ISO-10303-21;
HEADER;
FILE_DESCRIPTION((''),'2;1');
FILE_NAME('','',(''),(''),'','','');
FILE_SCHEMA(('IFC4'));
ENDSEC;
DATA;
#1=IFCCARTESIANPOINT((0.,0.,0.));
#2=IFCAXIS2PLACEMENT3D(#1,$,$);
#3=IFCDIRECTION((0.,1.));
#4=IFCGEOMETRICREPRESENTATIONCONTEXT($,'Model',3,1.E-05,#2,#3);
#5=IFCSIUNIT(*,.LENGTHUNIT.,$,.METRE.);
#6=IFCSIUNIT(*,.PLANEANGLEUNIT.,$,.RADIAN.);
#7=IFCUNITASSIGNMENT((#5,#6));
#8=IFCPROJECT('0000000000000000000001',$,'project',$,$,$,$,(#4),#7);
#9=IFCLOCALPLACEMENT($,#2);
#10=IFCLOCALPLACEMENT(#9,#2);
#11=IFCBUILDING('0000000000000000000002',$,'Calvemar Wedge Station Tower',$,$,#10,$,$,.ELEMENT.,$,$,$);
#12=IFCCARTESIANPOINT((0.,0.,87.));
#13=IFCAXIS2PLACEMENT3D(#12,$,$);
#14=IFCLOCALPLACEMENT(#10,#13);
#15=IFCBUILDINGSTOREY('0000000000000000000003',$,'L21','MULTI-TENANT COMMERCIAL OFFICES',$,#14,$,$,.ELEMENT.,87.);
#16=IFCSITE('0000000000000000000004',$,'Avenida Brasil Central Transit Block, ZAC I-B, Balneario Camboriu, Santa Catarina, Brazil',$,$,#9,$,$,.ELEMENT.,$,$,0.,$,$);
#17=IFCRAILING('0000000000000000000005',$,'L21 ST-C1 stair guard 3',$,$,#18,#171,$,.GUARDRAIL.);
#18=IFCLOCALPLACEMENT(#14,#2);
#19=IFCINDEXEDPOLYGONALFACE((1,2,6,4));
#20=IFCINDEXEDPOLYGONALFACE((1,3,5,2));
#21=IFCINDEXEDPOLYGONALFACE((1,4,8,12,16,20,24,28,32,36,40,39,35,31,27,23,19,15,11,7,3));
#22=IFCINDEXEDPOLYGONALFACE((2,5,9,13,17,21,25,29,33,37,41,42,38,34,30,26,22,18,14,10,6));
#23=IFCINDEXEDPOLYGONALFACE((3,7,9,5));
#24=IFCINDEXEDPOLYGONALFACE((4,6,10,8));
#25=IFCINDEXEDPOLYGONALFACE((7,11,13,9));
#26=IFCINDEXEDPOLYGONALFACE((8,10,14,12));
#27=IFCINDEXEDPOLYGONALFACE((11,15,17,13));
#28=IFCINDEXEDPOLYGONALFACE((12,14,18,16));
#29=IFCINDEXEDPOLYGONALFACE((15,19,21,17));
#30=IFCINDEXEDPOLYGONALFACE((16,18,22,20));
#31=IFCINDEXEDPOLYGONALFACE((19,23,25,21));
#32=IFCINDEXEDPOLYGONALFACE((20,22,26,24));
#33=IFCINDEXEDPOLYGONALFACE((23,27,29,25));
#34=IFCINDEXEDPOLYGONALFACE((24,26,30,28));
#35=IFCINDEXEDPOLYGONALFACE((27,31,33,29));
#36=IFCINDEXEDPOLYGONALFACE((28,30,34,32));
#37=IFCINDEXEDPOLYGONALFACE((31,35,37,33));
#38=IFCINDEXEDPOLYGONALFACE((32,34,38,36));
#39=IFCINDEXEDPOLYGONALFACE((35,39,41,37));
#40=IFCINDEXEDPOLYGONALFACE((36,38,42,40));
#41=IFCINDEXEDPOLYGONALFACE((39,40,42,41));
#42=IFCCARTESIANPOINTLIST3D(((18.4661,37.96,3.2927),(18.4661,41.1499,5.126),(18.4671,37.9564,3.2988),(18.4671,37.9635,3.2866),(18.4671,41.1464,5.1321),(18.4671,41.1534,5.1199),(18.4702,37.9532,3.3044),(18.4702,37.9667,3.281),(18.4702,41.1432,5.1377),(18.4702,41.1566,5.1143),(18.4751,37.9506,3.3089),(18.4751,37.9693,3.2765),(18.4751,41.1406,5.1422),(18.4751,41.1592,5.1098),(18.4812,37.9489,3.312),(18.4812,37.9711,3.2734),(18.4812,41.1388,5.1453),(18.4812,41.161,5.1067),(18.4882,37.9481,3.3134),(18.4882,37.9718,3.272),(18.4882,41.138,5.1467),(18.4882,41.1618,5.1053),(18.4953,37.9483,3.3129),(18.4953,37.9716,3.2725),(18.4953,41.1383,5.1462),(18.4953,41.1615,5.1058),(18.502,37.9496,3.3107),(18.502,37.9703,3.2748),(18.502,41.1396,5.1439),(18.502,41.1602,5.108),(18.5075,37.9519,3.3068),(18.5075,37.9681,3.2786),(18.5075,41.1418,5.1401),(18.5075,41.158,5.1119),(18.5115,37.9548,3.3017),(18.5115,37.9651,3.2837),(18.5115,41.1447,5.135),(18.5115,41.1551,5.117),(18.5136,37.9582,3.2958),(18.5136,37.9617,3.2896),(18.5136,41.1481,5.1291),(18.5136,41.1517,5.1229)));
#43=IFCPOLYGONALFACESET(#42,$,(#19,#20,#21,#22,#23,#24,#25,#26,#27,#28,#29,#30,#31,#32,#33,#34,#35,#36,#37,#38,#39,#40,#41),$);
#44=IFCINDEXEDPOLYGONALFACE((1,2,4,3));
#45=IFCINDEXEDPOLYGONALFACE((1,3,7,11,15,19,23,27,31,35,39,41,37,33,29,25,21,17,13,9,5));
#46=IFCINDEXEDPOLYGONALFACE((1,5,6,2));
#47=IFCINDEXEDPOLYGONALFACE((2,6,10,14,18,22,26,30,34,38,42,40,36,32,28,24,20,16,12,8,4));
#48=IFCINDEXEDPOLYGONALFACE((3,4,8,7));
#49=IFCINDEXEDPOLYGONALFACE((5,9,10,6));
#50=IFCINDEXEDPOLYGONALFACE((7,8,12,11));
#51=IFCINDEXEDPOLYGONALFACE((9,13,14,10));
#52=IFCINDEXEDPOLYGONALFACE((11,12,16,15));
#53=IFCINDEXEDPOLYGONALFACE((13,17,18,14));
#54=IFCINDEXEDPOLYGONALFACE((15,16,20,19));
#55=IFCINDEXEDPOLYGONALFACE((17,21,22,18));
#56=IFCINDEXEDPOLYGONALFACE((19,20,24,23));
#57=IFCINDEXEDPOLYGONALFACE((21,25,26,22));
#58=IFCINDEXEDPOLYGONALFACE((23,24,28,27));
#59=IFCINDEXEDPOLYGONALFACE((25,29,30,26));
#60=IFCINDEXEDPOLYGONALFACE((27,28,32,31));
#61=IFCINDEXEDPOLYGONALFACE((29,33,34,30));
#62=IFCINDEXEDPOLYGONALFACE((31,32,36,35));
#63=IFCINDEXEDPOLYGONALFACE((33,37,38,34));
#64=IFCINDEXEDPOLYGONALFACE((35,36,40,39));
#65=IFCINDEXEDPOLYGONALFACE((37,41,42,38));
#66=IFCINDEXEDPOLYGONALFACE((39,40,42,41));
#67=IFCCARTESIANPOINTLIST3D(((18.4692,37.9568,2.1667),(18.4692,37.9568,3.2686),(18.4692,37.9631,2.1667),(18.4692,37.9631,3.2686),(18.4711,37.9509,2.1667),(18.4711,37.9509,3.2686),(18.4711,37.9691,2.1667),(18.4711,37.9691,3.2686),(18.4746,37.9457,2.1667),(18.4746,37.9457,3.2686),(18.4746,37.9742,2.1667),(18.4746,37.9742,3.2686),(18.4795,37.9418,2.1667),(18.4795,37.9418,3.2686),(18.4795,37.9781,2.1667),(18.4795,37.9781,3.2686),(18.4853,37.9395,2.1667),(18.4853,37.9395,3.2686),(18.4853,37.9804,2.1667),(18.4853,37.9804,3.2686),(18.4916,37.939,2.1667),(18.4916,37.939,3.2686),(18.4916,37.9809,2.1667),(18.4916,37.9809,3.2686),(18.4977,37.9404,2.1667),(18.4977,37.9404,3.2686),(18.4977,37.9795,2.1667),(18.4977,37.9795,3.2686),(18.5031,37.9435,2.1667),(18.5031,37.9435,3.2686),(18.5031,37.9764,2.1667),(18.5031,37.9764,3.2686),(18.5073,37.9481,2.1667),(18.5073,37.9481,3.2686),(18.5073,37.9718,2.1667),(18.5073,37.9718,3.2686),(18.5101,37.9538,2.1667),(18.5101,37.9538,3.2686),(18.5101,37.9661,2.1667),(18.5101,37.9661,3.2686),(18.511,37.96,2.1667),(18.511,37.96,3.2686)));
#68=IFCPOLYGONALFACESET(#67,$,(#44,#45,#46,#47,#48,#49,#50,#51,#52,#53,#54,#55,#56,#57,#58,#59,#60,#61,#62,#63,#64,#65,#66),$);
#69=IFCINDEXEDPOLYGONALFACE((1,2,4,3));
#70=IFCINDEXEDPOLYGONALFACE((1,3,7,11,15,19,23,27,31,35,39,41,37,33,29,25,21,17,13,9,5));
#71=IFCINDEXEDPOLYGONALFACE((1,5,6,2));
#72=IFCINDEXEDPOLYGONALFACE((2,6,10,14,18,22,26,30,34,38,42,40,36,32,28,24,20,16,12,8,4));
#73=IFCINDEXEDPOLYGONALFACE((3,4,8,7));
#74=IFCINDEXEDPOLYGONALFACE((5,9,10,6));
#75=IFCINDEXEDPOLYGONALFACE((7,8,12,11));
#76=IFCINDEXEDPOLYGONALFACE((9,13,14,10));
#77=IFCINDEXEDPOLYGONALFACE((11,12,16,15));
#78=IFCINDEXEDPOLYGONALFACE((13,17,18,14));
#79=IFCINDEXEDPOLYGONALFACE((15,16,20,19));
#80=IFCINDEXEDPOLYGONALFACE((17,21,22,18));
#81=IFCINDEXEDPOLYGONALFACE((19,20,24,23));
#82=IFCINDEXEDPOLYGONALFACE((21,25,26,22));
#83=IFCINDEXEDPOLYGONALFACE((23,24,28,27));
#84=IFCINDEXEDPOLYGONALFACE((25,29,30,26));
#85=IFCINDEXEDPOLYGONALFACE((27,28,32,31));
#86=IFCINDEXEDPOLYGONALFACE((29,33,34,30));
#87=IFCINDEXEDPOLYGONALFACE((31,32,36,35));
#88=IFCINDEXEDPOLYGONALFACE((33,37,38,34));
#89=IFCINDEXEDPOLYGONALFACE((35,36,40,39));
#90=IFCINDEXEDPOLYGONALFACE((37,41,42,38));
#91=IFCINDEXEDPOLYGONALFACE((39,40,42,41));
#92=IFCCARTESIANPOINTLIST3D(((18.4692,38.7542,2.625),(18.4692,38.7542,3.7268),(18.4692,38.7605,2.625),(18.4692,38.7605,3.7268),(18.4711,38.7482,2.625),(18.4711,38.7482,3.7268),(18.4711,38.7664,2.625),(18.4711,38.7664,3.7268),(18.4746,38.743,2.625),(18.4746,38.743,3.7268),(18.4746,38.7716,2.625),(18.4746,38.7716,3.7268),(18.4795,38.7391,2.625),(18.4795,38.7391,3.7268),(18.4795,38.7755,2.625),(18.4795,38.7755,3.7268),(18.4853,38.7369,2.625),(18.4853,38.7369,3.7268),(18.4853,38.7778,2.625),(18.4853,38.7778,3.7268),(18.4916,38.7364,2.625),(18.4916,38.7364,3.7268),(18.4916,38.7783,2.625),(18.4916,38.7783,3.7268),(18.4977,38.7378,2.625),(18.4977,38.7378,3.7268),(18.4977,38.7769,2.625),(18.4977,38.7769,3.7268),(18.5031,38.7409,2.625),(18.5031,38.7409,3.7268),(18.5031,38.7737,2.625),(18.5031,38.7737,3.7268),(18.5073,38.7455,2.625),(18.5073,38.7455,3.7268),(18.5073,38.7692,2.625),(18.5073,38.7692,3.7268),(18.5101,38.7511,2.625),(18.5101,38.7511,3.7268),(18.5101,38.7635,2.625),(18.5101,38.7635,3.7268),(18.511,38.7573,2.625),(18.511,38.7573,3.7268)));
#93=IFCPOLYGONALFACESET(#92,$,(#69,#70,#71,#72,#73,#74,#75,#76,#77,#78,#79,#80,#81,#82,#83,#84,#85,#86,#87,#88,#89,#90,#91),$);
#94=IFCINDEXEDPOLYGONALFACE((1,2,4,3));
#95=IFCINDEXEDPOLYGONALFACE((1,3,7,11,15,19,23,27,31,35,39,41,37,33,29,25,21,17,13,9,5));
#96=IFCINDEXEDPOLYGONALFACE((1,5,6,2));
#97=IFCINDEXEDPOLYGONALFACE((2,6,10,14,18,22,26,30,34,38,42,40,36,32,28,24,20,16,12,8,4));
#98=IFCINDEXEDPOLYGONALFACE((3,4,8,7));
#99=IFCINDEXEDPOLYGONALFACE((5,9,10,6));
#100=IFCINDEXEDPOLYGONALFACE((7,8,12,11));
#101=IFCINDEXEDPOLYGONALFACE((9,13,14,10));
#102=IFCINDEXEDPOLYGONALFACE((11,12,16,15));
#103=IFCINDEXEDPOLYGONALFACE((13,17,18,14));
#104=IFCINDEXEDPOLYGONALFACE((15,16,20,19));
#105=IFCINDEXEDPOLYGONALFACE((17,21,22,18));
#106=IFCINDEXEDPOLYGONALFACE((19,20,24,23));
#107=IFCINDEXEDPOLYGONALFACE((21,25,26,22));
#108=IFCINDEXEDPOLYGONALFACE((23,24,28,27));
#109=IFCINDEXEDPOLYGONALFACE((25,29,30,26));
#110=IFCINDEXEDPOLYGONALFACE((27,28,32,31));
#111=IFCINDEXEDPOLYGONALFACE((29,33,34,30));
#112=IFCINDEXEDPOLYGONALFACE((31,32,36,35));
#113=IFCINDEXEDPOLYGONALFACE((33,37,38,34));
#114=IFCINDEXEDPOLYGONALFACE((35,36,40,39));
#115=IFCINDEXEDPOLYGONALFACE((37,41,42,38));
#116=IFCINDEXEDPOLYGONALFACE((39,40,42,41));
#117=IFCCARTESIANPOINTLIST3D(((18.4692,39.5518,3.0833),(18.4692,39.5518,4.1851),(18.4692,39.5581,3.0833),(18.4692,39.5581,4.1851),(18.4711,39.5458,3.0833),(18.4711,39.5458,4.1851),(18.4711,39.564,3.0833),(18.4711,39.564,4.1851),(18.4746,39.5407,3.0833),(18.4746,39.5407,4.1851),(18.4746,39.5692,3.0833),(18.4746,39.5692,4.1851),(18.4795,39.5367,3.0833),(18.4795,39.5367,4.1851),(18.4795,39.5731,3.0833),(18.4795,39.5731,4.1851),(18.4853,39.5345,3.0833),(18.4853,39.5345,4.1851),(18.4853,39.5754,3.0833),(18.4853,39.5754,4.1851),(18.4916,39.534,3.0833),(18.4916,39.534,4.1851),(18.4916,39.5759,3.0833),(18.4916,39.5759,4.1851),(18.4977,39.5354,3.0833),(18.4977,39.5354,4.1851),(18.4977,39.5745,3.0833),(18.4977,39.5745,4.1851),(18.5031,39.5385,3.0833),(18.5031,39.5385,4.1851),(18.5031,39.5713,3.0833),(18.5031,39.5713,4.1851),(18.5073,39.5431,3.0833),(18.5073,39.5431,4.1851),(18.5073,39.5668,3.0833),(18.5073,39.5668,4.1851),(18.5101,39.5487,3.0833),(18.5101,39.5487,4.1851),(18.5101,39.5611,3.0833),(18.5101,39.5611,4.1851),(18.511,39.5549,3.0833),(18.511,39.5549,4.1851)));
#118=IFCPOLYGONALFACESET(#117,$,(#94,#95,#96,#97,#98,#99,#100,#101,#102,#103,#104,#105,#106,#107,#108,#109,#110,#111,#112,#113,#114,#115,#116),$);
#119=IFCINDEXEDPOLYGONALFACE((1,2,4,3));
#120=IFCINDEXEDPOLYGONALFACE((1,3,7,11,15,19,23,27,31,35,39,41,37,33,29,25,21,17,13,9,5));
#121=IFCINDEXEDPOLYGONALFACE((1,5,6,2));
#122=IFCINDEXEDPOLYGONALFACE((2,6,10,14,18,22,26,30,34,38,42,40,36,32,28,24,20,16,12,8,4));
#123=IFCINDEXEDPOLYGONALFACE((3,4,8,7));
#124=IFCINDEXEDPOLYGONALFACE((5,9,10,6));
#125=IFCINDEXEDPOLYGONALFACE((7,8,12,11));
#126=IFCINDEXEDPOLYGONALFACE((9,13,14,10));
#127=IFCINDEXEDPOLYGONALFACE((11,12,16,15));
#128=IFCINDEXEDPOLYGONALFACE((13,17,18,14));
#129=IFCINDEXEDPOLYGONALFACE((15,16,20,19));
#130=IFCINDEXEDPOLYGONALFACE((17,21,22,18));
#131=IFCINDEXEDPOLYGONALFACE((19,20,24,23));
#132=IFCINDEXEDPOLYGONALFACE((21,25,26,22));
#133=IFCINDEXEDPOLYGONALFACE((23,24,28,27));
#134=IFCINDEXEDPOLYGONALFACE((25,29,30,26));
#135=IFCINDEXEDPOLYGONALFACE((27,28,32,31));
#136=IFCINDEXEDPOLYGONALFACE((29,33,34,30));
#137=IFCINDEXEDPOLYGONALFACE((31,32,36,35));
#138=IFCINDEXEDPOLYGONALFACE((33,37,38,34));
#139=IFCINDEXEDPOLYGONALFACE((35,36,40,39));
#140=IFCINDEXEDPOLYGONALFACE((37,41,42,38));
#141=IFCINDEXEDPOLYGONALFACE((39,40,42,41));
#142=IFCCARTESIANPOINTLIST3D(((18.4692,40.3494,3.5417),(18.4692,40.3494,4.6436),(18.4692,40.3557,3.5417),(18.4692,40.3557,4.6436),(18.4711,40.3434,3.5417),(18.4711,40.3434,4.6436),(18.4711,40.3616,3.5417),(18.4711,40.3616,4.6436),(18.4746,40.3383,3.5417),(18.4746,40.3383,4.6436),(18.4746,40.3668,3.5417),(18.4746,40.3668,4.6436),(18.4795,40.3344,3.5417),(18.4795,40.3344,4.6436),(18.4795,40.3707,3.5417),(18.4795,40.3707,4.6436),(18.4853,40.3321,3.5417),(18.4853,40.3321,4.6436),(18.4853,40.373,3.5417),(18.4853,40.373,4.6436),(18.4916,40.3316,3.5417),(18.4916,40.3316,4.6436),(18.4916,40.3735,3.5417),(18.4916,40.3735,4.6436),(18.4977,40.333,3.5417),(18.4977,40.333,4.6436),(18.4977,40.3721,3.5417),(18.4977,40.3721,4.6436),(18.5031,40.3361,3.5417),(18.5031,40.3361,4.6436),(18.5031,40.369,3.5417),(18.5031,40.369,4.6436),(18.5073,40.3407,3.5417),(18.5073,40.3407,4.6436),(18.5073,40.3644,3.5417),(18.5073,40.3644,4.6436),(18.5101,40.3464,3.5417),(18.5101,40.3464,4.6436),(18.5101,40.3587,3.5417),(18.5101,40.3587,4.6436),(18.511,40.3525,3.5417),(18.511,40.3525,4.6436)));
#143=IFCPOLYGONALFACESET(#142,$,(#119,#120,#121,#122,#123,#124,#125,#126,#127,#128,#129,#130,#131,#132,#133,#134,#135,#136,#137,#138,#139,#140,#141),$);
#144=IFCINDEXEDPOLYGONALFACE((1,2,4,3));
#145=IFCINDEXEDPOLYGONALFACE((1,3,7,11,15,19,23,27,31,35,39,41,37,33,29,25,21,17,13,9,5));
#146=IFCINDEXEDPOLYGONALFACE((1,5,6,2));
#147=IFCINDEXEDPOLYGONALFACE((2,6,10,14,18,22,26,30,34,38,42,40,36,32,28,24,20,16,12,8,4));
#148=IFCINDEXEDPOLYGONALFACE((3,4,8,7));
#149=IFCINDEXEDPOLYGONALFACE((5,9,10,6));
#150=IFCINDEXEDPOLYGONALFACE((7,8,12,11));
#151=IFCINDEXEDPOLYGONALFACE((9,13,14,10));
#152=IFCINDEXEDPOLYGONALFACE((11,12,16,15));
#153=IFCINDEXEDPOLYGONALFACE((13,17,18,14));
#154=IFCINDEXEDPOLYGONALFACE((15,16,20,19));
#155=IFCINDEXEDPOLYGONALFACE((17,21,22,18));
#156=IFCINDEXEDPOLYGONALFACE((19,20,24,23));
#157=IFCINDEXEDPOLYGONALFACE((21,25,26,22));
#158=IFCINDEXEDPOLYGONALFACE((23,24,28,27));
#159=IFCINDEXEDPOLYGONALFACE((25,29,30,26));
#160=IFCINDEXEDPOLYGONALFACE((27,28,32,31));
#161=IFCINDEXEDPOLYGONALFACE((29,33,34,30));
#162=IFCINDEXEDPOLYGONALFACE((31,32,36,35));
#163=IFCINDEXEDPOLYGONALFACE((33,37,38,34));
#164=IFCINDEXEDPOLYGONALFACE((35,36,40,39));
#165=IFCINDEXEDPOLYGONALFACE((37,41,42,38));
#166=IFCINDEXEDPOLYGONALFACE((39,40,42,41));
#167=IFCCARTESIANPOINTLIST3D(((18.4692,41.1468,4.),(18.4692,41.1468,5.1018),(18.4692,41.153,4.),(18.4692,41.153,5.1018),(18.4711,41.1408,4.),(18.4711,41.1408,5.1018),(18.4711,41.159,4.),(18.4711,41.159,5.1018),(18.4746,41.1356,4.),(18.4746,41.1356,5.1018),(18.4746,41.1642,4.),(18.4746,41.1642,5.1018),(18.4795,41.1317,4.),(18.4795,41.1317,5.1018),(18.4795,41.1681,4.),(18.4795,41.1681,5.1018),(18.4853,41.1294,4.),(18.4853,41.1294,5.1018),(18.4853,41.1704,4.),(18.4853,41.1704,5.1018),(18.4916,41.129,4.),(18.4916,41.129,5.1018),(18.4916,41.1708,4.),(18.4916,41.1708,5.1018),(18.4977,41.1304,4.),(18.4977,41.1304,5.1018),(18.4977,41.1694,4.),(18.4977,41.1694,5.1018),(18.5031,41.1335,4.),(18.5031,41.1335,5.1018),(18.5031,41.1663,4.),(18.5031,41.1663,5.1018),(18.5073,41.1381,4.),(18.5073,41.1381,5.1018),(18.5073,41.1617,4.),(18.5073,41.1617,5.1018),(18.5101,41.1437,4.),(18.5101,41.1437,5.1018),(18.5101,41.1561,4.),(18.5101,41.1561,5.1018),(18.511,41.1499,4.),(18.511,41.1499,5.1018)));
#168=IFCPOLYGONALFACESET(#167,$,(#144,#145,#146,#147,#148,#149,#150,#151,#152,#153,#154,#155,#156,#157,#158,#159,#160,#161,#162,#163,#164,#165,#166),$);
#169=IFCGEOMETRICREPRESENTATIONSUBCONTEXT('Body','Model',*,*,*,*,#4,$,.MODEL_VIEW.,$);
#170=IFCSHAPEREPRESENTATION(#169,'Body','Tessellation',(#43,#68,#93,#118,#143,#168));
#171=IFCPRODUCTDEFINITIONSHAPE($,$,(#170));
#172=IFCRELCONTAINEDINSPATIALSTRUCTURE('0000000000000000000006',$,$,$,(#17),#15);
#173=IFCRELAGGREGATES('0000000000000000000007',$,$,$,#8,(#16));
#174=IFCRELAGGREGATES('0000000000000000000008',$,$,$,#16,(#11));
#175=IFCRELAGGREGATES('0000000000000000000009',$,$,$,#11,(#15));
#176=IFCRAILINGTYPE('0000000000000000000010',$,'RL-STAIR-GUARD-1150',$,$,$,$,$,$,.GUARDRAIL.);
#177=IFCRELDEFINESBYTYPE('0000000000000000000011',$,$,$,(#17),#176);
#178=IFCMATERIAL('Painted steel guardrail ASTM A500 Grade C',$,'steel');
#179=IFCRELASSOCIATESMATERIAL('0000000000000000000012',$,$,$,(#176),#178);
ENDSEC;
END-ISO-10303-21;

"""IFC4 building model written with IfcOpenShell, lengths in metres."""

from ifc_helpers import new_model, si_unit, direction, frame, origin, origin_2d, place, context, subcontext, project, spatial, circle, extrude, material, type_object, element, save


model = new_model("IFC4")

# Units and contexts
model_context = context("Model", 3, precision=1e-05, world=origin(), true_north=direction((0.0, 1.0)))
body_context = subcontext(model_context, "Body", "Model", "MODEL_VIEW")
ifc_project = project(units=[si_unit("LENGTHUNIT", "METRE"), si_unit("PLANEANGLEUNIT", "RADIAN")], contexts=[model_context])

# Site, building, storey
site_placement = place(None, origin())
site = spatial("IfcSite", under=ifc_project, at=site_placement, Name="Avenida Brasil Central Transit Block, ZAC I-B, Balneario Camboriu, Santa Catarina, Brazil", CompositionType="ELEMENT", RefElevation=0.0)
building_placement = place(site_placement, origin())
building = spatial("IfcBuilding", under=site, at=building_placement, Name="Calvemar Wedge Station Tower", CompositionType="ELEMENT")
storey_placement = place(building_placement, frame((0.0, 0.0, 87.0)))
storey = spatial("IfcBuildingStorey", under=building, at=storey_placement, Name="L21", Description="MULTI-TENANT COMMERCIAL OFFICES", CompositionType="ELEMENT", Elevation=87.0)

# Railing
ifc_material_1 = material(Name="Painted steel guardrail ASTM A500 Grade C", Category="steel")
railing_type_1 = type_object("IfcRailingType", Name="RL-STAIR-GUARD-1150", PredefinedType="GUARDRAIL", material=ifc_material_1)
railing_1_placement = place(storey_placement, frame((18.49, 37.96, 2.1667)))
element("IfcRailing", 1, at=railing_1_placement, inside=storey, type_object=railing_type_1, Name="L21 ST-C1 stair guard 3", PredefinedType="GUARDRAIL", context=body_context, shape_type="SweptSolid", body=[
    extrude(circle(Radius=0.0239, at=origin_2d()), frame((0.0, 0.0, 1.126), z_axis=(0.0, 0.86702, 0.498274), x_axis=(-1.0, 0.0, 0.0)), (0.0, 0.0, 1.0), 3.6792),
    extrude(circle(Radius=0.021, at=origin_2d()), origin(), (0.0, 0.0, 1.0), 1.1018),
    extrude(circle(Radius=0.021, at=origin_2d()), frame((0.0, 0.7974, 0.4583)), (0.0, 0.0, 1.0), 1.1018),
    extrude(circle(Radius=0.021, at=origin_2d()), frame((0.0, 1.595, 0.9165)), (0.0, 0.0, 1.0), 1.1018),
    extrude(circle(Radius=0.021, at=origin_2d()), frame((0.0, 2.3926, 1.375)), (0.0, 0.0, 1.0), 1.1018),
    extrude(circle(Radius=0.021, at=origin_2d()), frame((0.0, 3.1899, 1.8333)), (0.0, 0.0, 1.0), 1.1018),
])

save(model, "model.ifc")
